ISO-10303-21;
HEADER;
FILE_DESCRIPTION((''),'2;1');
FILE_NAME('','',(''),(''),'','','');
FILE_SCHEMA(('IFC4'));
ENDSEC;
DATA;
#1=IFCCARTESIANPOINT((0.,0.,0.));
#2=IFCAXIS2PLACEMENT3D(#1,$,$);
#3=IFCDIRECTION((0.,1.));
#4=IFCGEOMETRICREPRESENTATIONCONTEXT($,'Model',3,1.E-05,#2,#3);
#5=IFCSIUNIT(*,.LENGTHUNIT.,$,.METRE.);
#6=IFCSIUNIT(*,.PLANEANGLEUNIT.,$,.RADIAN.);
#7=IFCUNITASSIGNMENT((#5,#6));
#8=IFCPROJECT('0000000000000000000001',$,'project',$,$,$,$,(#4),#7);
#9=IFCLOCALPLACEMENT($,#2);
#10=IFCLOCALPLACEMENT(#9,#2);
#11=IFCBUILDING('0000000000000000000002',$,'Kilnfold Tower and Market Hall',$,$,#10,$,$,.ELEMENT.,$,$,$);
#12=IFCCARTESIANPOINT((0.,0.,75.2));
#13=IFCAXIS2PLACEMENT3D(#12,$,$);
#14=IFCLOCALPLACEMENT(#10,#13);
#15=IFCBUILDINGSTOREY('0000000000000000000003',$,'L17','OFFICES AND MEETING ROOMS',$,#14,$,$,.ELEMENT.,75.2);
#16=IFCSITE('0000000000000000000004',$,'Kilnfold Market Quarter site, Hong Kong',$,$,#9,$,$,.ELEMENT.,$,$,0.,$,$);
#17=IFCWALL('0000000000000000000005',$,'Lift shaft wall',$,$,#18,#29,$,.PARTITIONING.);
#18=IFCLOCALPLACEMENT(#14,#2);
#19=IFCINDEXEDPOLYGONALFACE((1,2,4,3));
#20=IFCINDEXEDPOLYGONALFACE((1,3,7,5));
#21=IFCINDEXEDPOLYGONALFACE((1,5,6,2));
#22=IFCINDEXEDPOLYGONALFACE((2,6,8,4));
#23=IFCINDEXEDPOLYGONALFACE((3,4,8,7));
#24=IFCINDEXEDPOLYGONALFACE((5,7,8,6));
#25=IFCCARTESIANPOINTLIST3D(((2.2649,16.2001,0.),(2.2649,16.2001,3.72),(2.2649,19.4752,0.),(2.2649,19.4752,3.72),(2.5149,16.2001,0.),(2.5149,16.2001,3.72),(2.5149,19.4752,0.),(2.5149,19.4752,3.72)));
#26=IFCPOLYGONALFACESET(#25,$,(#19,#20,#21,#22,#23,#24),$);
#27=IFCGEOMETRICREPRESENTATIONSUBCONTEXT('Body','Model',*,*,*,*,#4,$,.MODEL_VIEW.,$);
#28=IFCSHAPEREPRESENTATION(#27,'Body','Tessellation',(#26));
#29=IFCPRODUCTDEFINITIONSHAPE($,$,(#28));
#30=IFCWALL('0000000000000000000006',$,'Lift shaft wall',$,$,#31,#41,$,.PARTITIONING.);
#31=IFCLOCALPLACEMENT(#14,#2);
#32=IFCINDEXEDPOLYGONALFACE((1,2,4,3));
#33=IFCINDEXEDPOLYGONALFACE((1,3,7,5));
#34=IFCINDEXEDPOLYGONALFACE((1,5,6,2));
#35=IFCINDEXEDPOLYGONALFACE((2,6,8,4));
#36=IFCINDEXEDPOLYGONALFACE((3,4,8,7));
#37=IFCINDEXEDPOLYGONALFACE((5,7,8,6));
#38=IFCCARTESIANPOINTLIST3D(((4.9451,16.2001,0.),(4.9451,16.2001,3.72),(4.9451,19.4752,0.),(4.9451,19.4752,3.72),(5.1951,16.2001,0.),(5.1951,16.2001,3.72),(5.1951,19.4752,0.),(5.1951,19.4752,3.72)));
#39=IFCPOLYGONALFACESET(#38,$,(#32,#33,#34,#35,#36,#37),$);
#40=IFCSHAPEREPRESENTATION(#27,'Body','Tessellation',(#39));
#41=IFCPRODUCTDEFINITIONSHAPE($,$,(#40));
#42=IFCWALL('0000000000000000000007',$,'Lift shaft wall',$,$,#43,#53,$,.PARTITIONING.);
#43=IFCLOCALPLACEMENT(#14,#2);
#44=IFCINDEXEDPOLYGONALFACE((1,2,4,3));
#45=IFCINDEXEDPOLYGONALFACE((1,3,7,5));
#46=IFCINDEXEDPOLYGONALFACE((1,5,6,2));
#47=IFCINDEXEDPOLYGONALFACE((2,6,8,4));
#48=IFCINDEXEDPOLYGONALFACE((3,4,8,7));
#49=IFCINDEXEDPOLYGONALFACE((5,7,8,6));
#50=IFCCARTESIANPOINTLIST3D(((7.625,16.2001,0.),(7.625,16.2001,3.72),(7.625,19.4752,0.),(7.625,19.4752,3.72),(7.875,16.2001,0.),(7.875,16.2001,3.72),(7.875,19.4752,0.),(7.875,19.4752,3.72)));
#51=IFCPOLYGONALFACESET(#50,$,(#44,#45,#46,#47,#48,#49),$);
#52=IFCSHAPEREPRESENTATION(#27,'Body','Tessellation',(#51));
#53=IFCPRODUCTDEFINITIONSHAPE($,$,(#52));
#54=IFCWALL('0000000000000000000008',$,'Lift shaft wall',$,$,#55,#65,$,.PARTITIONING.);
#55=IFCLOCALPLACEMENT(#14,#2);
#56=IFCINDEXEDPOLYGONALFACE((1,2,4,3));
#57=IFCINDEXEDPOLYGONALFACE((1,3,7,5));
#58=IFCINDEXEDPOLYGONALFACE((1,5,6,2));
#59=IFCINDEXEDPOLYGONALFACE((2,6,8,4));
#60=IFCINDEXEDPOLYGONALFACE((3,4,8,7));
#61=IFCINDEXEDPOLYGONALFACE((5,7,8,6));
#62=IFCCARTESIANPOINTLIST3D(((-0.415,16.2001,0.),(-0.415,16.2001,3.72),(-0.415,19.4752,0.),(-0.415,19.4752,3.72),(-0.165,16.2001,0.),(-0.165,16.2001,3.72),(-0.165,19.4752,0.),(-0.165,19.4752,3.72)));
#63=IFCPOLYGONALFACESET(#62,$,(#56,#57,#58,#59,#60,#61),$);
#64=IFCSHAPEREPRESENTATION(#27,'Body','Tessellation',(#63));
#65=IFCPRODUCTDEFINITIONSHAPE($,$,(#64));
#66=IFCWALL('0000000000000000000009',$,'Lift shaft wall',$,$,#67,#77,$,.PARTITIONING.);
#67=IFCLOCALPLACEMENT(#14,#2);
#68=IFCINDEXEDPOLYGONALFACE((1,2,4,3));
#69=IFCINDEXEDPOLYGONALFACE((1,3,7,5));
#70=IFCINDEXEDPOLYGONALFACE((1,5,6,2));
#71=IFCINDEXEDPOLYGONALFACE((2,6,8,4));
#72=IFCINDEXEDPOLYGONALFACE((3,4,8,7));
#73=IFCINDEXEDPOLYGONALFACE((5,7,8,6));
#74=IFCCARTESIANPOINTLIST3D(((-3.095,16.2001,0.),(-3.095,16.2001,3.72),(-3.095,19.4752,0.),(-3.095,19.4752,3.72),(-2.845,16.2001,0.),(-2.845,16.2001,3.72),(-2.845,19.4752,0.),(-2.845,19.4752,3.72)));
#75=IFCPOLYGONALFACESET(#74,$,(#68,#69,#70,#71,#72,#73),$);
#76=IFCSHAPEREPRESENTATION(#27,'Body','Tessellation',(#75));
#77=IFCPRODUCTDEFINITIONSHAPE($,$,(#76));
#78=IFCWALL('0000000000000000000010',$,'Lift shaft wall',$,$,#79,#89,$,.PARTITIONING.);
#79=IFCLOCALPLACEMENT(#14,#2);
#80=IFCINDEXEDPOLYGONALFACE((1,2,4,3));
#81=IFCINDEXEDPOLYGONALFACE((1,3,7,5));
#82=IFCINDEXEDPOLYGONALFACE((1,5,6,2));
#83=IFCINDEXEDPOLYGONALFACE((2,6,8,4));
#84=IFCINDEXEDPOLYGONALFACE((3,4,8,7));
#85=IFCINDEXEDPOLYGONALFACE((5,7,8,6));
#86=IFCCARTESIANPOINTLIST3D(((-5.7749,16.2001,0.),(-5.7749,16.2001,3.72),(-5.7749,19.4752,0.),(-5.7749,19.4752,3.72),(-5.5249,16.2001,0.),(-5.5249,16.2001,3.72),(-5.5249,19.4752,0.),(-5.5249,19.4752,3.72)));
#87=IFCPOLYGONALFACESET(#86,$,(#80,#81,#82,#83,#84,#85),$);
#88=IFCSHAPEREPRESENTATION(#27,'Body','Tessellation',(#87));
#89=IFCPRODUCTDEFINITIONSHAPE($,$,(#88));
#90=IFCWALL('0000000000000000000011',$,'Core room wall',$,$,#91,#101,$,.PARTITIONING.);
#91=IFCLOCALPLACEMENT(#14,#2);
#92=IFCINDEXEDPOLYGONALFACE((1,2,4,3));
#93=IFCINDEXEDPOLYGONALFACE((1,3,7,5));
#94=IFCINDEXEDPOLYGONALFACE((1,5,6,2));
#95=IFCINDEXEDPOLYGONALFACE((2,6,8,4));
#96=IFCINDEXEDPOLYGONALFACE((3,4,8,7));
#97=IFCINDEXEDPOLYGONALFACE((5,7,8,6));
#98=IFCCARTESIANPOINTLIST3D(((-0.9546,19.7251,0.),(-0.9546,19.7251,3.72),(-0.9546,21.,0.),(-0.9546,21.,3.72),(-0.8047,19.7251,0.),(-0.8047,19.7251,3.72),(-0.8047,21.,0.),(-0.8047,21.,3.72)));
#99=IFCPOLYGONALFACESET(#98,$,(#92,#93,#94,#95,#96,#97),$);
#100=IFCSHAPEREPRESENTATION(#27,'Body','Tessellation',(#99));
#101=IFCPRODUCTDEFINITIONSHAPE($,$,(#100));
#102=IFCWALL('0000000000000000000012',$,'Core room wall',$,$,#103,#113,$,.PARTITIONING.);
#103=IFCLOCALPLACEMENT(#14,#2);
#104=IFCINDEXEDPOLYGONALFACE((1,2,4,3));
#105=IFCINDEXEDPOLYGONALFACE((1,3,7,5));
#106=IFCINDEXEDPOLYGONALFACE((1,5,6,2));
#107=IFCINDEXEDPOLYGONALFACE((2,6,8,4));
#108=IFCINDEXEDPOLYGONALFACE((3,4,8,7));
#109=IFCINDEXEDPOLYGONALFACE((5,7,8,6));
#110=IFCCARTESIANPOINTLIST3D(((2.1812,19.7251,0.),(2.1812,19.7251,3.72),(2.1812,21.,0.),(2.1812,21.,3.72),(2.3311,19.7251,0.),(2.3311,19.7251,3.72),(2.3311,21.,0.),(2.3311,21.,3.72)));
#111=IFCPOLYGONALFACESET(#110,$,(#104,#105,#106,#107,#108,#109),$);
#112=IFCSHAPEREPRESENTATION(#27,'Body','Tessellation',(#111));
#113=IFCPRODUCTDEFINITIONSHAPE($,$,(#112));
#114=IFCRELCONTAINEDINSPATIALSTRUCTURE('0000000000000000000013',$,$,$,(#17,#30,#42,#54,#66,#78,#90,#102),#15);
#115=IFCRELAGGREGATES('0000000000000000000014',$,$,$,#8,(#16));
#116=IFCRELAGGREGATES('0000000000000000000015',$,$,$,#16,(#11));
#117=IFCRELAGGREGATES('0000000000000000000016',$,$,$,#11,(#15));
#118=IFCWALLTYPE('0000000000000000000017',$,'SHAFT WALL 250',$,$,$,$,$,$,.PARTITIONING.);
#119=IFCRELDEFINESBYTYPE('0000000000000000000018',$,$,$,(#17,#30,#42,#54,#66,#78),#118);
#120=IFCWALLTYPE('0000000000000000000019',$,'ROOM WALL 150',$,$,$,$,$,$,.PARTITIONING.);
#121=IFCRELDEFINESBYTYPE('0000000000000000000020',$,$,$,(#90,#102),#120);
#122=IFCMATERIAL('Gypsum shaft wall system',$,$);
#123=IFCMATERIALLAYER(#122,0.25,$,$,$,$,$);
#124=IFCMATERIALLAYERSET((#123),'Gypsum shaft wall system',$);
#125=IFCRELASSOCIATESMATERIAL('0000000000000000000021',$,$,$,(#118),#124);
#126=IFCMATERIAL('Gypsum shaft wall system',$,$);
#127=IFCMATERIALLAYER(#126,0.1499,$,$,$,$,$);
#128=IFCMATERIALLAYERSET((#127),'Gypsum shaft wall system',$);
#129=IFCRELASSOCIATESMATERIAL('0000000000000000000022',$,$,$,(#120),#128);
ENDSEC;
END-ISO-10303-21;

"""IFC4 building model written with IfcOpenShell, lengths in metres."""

from ifc_helpers import new_model, si_unit, direction, frame, frame_2d, origin, place, context, subcontext, project, spatial, rectangle, extrude, source, transform, mapped, material, layer, layer_set, type_object, element, save


model = new_model("IFC4")

# Units and contexts
model_context = context("Model", 3, precision=1e-05, world=origin(), true_north=direction((0.0, 1.0)))
body_context = subcontext(model_context, "Body", "Model", "MODEL_VIEW")
ifc_project = project(units=[si_unit("LENGTHUNIT", "METRE"), si_unit("PLANEANGLEUNIT", "RADIAN")], contexts=[model_context])

# Site, building, storey
site_placement = place(None, origin())
site = spatial("IfcSite", under=ifc_project, at=site_placement, Name="Kilnfold Market Quarter site, Hong Kong", CompositionType="ELEMENT", RefElevation=0.0)
building_placement = place(site_placement, origin())
building = spatial("IfcBuilding", under=site, at=building_placement, Name="Kilnfold Tower and Market Hall", CompositionType="ELEMENT")
storey_placement = place(building_placement, frame((0.0, 0.0, 75.2)))
storey = spatial("IfcBuildingStorey", under=building, at=storey_placement, Name="L17", Description="OFFICES AND MEETING ROOMS", CompositionType="ELEMENT", Elevation=75.2)

# Walls
ifc_material_1 = material(Name="Gypsum shaft wall system")
ifc_layer_1 = layer(ifc_material_1, 0.25)
ifc_layer_set_1 = layer_set([ifc_layer_1], Name="Gypsum shaft wall system")
wall_type_1 = type_object("IfcWallType", Name="SHAFT WALL 250", PredefinedType="PARTITIONING", material=ifc_layer_set_1)
shared_shape_1 = source(origin(), body_context, "Body", "SweptSolid", [
    extrude(rectangle(XDim=3.2751, YDim=0.25, at=frame_2d((1.6377, 0.0))), origin(), (0.0, 0.0, 1.0), 3.72),
])
for number, where, z_axis, x_axis, name in (
    (1, (2.3899, 16.2, 0.0), (0.0, 0.0, 1.0), (0.0, 1.0, 0.0), "Lift shaft wall"),
    (2, (5.0701, 16.2, 0.0), (0.0, 0.0, 1.0), (0.0, 1.0, 0.0), "Lift shaft wall"),
    (3, (7.75, 16.2, 0.0), (0.0, 0.0, 1.0), (0.0, 1.0, 0.0), "Lift shaft wall"),
    (4, (-0.29, 16.2, 0.0), (0.0, 0.0, 1.0), (0.0, 1.0, 0.0), "Lift shaft wall"),
    (5, (-2.97, 16.2, 0.0), (0.0, 0.0, 1.0), (0.0, 1.0, 0.0), "Lift shaft wall"),
    (6, (-5.6499, 16.2, 0.0), (0.0, 0.0, 1.0), (0.0, 1.0, 0.0), "Lift shaft wall"),
):
    element("IfcWall", number, at=place(storey_placement, frame(where, z_axis=z_axis, x_axis=x_axis)), inside=storey, type_object=wall_type_1, Name=name, PredefinedType="PARTITIONING", context=body_context, shape_type="MappedRepresentation", body=[
        mapped(shared_shape_1, transform((0.0, 0.0, 0.0))),
    ])
ifc_material_2 = material(Name="Gypsum shaft wall system")
ifc_layer_2 = layer(ifc_material_2, 0.1499)
ifc_layer_set_2 = layer_set([ifc_layer_2], Name="Gypsum shaft wall system")
wall_type_2 = type_object("IfcWallType", Name="ROOM WALL 150", PredefinedType="PARTITIONING", material=ifc_layer_set_2)
shared_shape_2 = source(origin(), body_context, "Body", "SweptSolid", [
    extrude(rectangle(XDim=1.2749, YDim=0.1499, at=frame_2d((0.6375, 0.0))), origin(), (0.0, 0.0, 1.0), 3.72),
])
for number, where, z_axis, x_axis, name in (
    (7, (-0.8796, 19.7251, 0.0), (0.0, 0.0, 1.0), (0.0, 1.0, 0.0), "Core room wall"),
    (8, (2.2561, 19.7251, 0.0), (0.0, 0.0, 1.0), (0.0, 1.0, 0.0), "Core room wall"),
):
    element("IfcWall", number, at=place(storey_placement, frame(where, z_axis=z_axis, x_axis=x_axis)), inside=storey, type_object=wall_type_2, Name=name, PredefinedType="PARTITIONING", context=body_context, shape_type="MappedRepresentation", body=[
        mapped(shared_shape_2, transform((0.0, 0.0, 0.0))),
    ])

save(model, "model.ifc")
